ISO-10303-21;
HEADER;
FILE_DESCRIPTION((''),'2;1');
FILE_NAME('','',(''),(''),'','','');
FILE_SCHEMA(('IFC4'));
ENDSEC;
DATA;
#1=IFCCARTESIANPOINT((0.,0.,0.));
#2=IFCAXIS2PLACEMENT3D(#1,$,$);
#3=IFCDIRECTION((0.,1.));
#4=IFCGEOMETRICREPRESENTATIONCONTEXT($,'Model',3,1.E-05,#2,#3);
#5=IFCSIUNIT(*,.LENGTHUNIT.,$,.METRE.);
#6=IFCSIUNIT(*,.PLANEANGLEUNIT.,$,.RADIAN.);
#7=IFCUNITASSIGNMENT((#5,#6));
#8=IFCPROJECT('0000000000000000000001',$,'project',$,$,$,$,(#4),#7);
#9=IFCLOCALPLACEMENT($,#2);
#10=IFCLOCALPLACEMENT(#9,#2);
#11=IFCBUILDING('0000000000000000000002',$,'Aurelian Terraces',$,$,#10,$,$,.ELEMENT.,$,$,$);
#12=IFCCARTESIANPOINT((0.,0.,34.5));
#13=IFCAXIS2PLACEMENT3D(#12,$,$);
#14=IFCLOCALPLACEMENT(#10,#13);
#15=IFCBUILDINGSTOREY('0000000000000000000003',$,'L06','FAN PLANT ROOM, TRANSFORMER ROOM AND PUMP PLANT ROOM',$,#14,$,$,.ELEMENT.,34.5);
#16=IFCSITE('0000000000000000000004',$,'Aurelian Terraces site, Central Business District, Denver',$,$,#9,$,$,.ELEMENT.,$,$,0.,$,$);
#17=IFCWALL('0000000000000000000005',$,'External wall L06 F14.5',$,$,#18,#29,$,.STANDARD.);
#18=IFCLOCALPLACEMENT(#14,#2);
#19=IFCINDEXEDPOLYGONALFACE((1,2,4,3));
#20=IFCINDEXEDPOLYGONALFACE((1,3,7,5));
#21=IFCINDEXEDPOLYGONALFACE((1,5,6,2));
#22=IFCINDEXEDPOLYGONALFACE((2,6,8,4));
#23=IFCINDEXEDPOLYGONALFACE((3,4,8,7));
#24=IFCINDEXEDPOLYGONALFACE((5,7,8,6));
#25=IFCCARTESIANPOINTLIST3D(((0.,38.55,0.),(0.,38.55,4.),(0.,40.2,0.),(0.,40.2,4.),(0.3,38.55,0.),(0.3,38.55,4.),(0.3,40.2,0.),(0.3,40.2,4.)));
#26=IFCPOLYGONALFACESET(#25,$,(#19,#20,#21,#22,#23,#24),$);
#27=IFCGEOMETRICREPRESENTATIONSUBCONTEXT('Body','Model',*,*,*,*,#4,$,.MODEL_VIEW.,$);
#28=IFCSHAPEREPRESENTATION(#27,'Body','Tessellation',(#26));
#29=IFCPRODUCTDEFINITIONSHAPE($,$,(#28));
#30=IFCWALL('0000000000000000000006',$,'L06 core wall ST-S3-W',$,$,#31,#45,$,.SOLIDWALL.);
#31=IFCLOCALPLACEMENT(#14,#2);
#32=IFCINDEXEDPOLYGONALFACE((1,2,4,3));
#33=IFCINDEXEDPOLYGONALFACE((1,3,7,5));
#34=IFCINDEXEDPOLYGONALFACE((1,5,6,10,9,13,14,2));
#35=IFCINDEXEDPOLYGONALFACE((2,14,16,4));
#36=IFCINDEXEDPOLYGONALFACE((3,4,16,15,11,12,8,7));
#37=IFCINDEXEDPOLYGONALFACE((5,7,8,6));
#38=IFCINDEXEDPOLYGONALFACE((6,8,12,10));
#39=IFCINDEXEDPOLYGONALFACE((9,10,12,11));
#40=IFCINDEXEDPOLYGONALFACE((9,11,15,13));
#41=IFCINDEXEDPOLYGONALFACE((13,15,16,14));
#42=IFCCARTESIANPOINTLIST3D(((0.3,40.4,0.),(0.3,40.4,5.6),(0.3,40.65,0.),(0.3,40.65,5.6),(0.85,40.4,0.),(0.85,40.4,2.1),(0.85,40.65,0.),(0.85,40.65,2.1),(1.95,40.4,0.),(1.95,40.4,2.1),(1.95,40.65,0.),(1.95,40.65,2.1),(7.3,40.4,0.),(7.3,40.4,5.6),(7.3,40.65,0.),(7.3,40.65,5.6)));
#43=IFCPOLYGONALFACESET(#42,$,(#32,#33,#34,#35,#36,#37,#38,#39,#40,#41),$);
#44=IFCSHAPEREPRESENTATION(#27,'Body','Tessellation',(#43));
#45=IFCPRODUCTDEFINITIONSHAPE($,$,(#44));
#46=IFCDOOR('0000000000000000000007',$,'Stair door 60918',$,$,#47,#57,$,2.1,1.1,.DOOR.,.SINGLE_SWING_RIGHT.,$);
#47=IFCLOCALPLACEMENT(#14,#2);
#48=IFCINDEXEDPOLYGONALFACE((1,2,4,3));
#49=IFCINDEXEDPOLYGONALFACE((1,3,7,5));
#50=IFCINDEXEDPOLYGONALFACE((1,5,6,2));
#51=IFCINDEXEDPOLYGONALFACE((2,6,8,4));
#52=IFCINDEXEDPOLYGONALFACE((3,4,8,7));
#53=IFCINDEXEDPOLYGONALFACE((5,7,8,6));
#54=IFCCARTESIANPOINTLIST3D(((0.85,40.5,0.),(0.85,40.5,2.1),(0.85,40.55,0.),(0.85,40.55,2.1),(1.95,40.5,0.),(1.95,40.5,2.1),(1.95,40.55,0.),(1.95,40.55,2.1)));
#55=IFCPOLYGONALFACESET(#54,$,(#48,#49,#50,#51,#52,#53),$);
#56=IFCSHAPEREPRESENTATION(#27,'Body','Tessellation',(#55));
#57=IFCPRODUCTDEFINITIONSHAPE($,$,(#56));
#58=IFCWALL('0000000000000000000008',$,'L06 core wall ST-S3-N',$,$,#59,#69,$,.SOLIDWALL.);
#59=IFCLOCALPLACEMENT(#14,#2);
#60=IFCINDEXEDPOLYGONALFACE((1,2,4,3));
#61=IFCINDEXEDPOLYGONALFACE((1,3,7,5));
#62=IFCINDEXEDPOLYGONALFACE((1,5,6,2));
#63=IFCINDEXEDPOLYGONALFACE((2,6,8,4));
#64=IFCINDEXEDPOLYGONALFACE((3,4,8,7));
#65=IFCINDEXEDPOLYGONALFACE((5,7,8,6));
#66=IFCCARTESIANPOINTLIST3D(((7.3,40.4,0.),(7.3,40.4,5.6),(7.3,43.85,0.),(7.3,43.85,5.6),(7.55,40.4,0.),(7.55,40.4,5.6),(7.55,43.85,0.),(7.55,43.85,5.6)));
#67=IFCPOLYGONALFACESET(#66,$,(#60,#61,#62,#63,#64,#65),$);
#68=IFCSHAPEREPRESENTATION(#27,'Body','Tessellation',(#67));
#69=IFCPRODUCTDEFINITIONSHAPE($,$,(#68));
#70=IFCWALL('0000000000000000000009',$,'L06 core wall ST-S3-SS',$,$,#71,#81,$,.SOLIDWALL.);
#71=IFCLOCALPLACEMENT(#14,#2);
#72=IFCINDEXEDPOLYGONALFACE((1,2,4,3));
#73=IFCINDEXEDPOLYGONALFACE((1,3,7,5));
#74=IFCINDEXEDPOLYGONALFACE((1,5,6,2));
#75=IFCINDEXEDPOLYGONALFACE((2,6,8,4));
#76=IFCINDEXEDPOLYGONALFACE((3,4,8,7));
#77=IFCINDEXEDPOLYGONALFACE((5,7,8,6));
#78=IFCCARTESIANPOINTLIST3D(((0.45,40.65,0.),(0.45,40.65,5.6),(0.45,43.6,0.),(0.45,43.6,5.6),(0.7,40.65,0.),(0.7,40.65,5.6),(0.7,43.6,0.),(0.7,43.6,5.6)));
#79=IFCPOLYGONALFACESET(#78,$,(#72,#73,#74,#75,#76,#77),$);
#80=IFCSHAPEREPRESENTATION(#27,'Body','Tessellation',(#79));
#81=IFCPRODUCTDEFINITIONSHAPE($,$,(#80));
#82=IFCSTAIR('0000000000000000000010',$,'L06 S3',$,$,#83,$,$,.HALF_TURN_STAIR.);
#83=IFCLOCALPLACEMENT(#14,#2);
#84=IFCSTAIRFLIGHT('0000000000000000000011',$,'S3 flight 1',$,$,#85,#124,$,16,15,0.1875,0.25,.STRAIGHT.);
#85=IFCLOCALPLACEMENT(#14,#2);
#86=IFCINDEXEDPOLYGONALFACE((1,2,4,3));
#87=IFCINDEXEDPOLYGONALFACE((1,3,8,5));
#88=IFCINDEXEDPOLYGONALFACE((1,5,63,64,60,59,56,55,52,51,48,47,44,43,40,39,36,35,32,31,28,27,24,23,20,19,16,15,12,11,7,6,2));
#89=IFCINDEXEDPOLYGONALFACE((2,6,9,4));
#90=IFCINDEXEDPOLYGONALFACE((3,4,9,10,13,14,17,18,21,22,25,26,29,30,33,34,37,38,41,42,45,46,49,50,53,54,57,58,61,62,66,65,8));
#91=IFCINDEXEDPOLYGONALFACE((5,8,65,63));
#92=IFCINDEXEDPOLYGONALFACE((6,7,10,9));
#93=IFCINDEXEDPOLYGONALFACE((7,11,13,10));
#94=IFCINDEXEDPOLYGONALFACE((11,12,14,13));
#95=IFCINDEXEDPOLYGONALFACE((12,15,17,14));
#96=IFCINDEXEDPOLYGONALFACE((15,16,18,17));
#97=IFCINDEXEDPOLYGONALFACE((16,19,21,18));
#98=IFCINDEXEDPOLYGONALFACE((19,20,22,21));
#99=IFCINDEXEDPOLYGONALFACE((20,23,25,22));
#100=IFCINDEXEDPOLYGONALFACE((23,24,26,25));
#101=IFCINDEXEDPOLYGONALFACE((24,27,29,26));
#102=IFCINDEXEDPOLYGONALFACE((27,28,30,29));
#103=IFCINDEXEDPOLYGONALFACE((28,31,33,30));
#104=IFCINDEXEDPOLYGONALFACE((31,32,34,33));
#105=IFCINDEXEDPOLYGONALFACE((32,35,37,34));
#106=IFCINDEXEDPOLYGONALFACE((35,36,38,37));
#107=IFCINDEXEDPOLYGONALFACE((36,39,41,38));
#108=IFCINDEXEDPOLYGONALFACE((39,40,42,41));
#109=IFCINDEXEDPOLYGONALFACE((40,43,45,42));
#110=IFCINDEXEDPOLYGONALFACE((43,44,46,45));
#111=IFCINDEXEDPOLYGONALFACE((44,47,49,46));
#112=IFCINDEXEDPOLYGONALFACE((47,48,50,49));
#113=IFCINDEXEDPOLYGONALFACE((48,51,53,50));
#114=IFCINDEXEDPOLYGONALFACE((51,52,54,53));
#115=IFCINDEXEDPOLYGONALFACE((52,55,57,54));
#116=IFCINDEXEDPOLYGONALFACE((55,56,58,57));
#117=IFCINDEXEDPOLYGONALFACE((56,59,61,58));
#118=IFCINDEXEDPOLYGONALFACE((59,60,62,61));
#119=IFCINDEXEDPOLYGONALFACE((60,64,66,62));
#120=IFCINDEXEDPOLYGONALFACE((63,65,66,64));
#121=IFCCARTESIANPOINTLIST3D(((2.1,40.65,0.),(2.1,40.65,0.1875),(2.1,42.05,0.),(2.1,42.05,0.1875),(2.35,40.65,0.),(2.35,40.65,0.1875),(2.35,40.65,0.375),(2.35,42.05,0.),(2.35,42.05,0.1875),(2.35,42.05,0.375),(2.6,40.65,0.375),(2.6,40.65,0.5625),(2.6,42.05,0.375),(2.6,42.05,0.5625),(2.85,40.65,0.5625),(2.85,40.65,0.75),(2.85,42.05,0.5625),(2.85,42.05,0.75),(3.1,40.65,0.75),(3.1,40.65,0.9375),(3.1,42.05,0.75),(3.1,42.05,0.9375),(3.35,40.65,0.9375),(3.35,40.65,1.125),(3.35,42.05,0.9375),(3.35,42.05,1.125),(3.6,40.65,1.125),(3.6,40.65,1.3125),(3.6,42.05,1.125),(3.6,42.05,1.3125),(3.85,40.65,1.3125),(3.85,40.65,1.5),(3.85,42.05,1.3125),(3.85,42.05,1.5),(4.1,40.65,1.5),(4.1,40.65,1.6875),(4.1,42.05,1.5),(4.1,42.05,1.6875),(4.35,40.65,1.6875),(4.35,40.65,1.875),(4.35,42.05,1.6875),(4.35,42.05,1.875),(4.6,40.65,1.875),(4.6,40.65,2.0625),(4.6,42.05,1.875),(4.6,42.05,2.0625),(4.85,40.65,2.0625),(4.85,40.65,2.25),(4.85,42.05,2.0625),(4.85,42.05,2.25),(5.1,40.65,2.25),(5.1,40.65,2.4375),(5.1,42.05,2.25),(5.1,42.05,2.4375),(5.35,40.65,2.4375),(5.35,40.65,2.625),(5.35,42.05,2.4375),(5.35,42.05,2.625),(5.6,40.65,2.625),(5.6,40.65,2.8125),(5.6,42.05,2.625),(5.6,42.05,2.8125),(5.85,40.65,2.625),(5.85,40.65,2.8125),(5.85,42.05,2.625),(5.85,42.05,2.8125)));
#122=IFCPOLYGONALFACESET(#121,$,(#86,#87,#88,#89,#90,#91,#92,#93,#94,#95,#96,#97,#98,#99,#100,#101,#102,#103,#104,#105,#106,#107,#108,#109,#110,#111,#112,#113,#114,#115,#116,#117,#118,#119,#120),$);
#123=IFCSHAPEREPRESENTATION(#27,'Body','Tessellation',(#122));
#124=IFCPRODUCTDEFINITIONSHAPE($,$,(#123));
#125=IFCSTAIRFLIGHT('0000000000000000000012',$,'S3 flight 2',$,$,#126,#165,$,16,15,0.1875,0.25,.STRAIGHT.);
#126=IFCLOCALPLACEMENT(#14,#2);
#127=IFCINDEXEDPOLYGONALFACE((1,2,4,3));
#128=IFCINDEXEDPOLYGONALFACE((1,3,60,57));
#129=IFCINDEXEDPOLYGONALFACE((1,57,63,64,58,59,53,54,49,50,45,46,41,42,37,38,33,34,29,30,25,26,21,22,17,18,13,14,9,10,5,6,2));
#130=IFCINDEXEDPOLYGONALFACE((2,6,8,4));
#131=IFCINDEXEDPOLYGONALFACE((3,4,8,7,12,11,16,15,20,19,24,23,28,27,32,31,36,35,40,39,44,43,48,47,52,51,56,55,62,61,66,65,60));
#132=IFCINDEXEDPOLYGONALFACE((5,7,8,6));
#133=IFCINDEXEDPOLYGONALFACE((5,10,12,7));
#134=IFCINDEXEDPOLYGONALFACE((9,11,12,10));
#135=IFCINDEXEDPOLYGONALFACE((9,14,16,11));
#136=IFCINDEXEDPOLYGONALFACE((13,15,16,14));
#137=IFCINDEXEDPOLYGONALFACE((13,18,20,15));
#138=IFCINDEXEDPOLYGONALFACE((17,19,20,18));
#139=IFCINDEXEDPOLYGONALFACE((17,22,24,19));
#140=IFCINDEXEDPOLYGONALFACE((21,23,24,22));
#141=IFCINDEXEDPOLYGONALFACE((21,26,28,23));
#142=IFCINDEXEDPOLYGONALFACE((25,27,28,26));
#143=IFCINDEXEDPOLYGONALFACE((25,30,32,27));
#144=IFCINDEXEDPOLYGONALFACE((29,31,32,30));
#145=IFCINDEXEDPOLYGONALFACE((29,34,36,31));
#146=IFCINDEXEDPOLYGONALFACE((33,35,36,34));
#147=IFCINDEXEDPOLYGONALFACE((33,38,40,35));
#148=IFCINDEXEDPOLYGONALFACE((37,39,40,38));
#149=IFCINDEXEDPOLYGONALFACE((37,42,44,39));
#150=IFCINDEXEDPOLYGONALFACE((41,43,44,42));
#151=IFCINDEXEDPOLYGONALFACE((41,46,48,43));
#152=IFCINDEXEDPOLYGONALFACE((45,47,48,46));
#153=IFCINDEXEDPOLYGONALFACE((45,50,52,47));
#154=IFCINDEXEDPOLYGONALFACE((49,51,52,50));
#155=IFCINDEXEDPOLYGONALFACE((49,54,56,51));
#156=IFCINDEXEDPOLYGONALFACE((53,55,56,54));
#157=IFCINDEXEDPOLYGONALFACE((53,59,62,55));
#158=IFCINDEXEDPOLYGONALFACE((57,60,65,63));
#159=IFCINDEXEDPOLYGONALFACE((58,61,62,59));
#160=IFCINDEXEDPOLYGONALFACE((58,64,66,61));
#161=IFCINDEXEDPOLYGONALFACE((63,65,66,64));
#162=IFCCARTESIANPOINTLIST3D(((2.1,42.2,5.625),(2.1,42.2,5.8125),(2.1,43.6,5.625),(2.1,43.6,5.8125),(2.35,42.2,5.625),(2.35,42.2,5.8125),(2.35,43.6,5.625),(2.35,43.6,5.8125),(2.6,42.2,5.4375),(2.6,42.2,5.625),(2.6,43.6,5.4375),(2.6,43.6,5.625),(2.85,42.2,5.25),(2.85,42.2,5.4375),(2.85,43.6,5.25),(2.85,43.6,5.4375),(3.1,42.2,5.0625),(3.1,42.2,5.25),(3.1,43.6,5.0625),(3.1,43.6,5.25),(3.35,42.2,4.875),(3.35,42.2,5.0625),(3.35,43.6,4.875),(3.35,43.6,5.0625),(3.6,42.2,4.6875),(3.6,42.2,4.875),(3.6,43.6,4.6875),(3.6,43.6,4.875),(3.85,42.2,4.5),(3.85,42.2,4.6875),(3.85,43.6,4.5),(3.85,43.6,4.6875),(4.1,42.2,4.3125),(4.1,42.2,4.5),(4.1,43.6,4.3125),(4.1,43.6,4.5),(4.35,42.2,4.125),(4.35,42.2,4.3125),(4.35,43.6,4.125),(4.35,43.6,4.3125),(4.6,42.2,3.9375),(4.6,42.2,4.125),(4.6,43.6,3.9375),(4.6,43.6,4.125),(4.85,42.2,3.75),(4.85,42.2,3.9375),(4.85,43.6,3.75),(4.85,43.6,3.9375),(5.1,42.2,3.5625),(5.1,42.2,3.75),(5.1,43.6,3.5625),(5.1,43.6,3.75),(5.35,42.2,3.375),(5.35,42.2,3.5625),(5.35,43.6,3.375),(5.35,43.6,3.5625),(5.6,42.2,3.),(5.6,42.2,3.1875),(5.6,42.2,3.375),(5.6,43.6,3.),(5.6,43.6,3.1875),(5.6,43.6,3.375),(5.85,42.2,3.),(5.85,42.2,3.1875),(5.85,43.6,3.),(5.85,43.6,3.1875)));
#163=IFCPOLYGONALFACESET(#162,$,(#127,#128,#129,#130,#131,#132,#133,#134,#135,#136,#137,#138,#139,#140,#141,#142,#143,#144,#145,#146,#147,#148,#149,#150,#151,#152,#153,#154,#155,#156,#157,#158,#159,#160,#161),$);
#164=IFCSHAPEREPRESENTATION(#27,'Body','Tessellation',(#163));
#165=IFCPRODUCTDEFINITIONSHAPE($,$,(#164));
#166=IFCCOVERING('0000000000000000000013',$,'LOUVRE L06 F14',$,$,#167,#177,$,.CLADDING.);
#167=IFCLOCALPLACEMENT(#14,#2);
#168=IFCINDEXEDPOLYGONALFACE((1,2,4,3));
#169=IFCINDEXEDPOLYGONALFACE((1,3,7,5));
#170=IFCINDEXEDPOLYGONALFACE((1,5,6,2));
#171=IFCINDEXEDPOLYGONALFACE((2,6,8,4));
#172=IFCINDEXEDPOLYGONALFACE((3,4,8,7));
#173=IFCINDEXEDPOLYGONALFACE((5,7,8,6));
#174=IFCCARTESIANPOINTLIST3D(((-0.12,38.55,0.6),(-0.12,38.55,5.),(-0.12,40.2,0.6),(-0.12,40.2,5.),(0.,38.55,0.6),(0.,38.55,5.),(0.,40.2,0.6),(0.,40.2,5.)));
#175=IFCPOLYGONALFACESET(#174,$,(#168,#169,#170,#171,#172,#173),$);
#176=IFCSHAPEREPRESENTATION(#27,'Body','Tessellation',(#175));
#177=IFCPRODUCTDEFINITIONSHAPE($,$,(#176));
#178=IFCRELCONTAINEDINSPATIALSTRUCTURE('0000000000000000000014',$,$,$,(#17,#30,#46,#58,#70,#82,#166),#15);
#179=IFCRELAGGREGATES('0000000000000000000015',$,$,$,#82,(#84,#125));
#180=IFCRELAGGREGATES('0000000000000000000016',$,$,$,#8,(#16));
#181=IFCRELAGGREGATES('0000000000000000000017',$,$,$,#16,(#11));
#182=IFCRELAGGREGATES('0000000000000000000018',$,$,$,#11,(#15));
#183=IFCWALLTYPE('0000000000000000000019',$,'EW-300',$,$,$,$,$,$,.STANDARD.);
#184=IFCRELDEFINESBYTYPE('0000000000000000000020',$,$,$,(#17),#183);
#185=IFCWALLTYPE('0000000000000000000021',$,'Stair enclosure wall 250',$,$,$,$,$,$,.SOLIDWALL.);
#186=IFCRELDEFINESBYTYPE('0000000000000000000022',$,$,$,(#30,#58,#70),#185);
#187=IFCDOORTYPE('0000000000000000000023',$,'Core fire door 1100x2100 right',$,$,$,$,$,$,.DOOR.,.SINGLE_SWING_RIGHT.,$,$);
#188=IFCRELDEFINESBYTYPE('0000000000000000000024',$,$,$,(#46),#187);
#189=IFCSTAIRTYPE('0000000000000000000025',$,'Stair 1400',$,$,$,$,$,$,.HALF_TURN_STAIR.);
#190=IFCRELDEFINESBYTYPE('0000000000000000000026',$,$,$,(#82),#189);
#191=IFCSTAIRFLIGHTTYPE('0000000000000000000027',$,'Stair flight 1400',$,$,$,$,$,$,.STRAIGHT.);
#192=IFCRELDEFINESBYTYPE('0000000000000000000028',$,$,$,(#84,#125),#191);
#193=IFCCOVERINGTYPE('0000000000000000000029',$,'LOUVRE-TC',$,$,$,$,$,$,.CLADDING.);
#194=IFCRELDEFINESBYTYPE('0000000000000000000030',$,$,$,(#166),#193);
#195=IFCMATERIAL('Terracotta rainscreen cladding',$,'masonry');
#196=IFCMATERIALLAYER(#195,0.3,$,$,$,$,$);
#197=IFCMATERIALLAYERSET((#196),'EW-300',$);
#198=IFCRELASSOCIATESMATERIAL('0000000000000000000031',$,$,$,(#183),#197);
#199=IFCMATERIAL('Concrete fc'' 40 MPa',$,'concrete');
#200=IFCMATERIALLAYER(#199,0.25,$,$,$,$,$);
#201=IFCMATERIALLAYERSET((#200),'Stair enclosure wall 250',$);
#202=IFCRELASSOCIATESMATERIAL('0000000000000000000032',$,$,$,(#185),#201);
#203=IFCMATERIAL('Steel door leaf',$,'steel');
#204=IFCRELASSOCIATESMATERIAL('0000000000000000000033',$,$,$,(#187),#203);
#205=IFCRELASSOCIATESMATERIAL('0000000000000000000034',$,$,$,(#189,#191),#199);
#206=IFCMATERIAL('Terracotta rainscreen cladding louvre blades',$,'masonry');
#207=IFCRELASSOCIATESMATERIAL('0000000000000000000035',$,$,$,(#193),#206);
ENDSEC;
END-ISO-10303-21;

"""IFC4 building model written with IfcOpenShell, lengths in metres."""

from ifc_helpers import new_model, si_unit, direction, frame, frame_2d, origin, origin_2d, place, context, subcontext, project, spatial, polyline, rectangle, outline, extrude, source, transform, mapped, material, layer, layer_set, type_object, element, fill, aggregate, save


model = new_model("IFC4")

# Units and contexts
model_context = context("Model", 3, precision=1e-05, world=origin(), true_north=direction((0.0, 1.0)))
body_context = subcontext(model_context, "Body", "Model", "MODEL_VIEW")
ifc_project = project(units=[si_unit("LENGTHUNIT", "METRE"), si_unit("PLANEANGLEUNIT", "RADIAN")], contexts=[model_context])

# Site, building, storey
site_placement = place(None, origin())
site = spatial("IfcSite", under=ifc_project, at=site_placement, Name="Aurelian Terraces site, Central Business District, Denver", CompositionType="ELEMENT", RefElevation=0.0)
building_placement = place(site_placement, origin())
building = spatial("IfcBuilding", under=site, at=building_placement, Name="Aurelian Terraces", CompositionType="ELEMENT")
storey_placement = place(building_placement, frame((0.0, 0.0, 34.5)))
storey = spatial("IfcBuildingStorey", under=building, at=storey_placement, Name="L06", Description="FAN PLANT ROOM, TRANSFORMER ROOM AND PUMP PLANT ROOM", CompositionType="ELEMENT", Elevation=34.5)

# Wall
ifc_material_1 = material(Name="Terracotta rainscreen cladding", Category="masonry")
ifc_layer_1 = layer(ifc_material_1, 0.3)
ifc_layer_set_1 = layer_set([ifc_layer_1], Name="EW-300")
wall_type_1 = type_object("IfcWallType", Name="EW-300", PredefinedType="STANDARD", material=ifc_layer_set_1)
shared_shape_1 = source(origin(), body_context, "Body", "SweptSolid", [
    extrude(rectangle(XDim=1.65, YDim=0.3, at=frame_2d((0.825, 0.0))), origin(), (0.0, 0.0, 1.0), 4.0),
])
wall_1_placement = place(storey_placement, frame((0.15, 40.2, 0.0), z_axis=(0.0, 0.0, 1.0), x_axis=(0.0, -1.0, 0.0)))
element("IfcWall", 1, at=wall_1_placement, inside=storey, type_object=wall_type_1, Name="External wall L06 F14.5", PredefinedType="STANDARD", context=body_context, shape_type="MappedRepresentation", body=[
    mapped(shared_shape_1, transform((0.0, 0.0, 0.0), scale=1.0)),
])

# Wall, opening, door
ifc_material_2 = material(Name="Concrete fc' 40 MPa", Category="concrete")
ifc_layer_2 = layer(ifc_material_2, 0.25)
ifc_layer_set_2 = layer_set([ifc_layer_2], Name="Stair enclosure wall 250")
wall_type_2 = type_object("IfcWallType", Name="Stair enclosure wall 250", PredefinedType="SOLIDWALL", material=ifc_layer_set_2)
shared_shape_2 = source(origin(), body_context, "Body", "SweptSolid", [
    extrude(rectangle(XDim=7.0, YDim=0.25, at=frame_2d((3.5, 0.0))), origin(), (0.0, 0.0, 1.0), 5.6),
])
wall_2_placement = place(storey_placement, frame((0.3, 40.525, 0.0), z_axis=(0.0, 0.0, 1.0), x_axis=(1.0, 0.0, 0.0)))
wall_2 = element("IfcWall", 2, at=wall_2_placement, inside=storey, type_object=wall_type_2, Name="L06 core wall ST-S3-W", PredefinedType="SOLIDWALL", context=body_context, shape_type="MappedRepresentation", body=[
    mapped(shared_shape_2, transform((0.0, 0.0, 0.0), scale=1.0)),
])
shared_shape_3 = source(origin(), body_context, "Body", "SweptSolid", [
    extrude(rectangle(XDim=1.1, YDim=2.1, at=frame_2d((0.55, 1.05))), frame((0.0, 0.135, 0.0), z_axis=(0.0, -1.0, 0.0), x_axis=(1.0, 0.0, 0.0)), (0.0, 0.0, 1.0), 0.27),
])
opening_placement = place(wall_2_placement, frame((0.55, 0.0, 0.0)))
opening = element("IfcOpeningElement", 3, at=opening_placement, cuts=wall_2, PredefinedType="OPENING", context=body_context, shape_type="MappedRepresentation", body=[
    mapped(shared_shape_3, transform((0.0, 0.0, 0.0), scale=1.0)),
])
ifc_material_3 = material(Name="Steel door leaf", Category="steel")
door_type = type_object("IfcDoorType", Name="Core fire door 1100x2100 right", OperationType="SINGLE_SWING_RIGHT", PredefinedType="DOOR", material=ifc_material_3)
shared_shape_4 = source(origin(), body_context, "Body", "SweptSolid", [
    extrude(rectangle(XDim=1.1, YDim=2.1, at=frame_2d((0.55, 1.05))), frame((0.0, 0.025, 0.0), z_axis=(0.0, -1.0, 0.0), x_axis=(1.0, 0.0, 0.0)), (0.0, 0.0, 1.0), 0.05),
])
door_placement = place(opening_placement, origin())
door = element("IfcDoor", 4, at=door_placement, inside=storey, type_object=door_type, Name="Stair door 60918", OperationType="SINGLE_SWING_RIGHT", OverallHeight=2.1, OverallWidth=1.1, PredefinedType="DOOR", context=body_context, shape_type="MappedRepresentation", body=[
    mapped(shared_shape_4, transform((0.0, 0.0, 0.0), scale=1.0)),
])
fill(opening, door)

# Walls
shared_shape_5 = source(origin(), body_context, "Body", "SweptSolid", [
    extrude(rectangle(XDim=3.45, YDim=0.25, at=frame_2d((1.725, 0.0))), origin(), (0.0, 0.0, 1.0), 5.6),
])
wall_3_placement = place(storey_placement, frame((7.425, 40.4, 0.0), z_axis=(0.0, 0.0, 1.0), x_axis=(0.0, 1.0, 0.0)))
element("IfcWall", 5, at=wall_3_placement, inside=storey, type_object=wall_type_2, Name="L06 core wall ST-S3-N", PredefinedType="SOLIDWALL", context=body_context, shape_type="MappedRepresentation", body=[
    mapped(shared_shape_5, transform((0.0, 0.0, 0.0), scale=1.0)),
])
shared_shape_6 = source(origin(), body_context, "Body", "SweptSolid", [
    extrude(rectangle(XDim=2.95, YDim=0.25, at=frame_2d((1.475, 0.0))), origin(), (0.0, 0.0, 1.0), 5.6),
])
wall_4_placement = place(storey_placement, frame((0.575, 40.65, 0.0), z_axis=(0.0, 0.0, 1.0), x_axis=(0.0, 1.0, 0.0)))
element("IfcWall", 6, at=wall_4_placement, inside=storey, type_object=wall_type_2, Name="L06 core wall ST-S3-SS", PredefinedType="SOLIDWALL", context=body_context, shape_type="MappedRepresentation", body=[
    mapped(shared_shape_6, transform((0.0, 0.0, 0.0), scale=1.0)),
])

# Stair, stair flights
stair_type = type_object("IfcStairType", Name="Stair 1400", PredefinedType="HALF_TURN_STAIR", material=ifc_material_2)
stair_placement = place(storey_placement, origin())
stair = element("IfcStair", 7, at=stair_placement, inside=storey, type_object=stair_type, Name="L06 S3", PredefinedType="HALF_TURN_STAIR")
stair_flight_type = type_object("IfcStairFlightType", Name="Stair flight 1400", PredefinedType="STRAIGHT", material=ifc_material_2)
shared_shape_7 = source(origin(), body_context, "Body", "SweptSolid", [
    extrude(outline(polyline([(0.0, 0.0), (0.0, 0.1875), (0.25, 0.1875), (0.25, 0.375), (0.5, 0.375), (0.5, 0.5625), (0.75, 0.5625), (0.75, 0.75), (1.0, 0.75), (1.0, 0.9375), (1.25, 0.9375), (1.25, 1.125), (1.5, 1.125), (1.5, 1.3125), (1.75, 1.3125), (1.75, 1.5), (2.0, 1.5), (2.0, 1.6875), (2.25, 1.6875), (2.25, 1.875), (2.5, 1.875), (2.5, 2.0625), (2.75, 2.0625), (2.75, 2.25), (3.0, 2.25), (3.0, 2.4375), (3.25, 2.4375), (3.25, 2.625), (3.5, 2.625), (3.5, 2.8125), (3.75, 2.8125), (3.75, 3.0), (3.75, 2.625), (0.25, 0.0), (0.0, 0.0)])), frame((0.0, 0.7, 0.0), z_axis=(0.0, -1.0, 0.0), x_axis=(1.0, 0.0, 0.0)), (0.0, 0.0, 1.0), 1.4),
])
stair_flight_1_placement = place(storey_placement, frame((2.1, 41.35, 0.0), z_axis=(0.0, 0.0, 1.0), x_axis=(1.0, 0.0, 0.0)))
stair_flight_1 = element("IfcStairFlight", 8, at=stair_flight_1_placement, type_object=stair_flight_type, Name="S3 flight 1", NumberOfRisers=16, NumberOfTreads=15, PredefinedType="STRAIGHT", RiserHeight=0.1875, TreadLength=0.25, context=body_context, shape_type="MappedRepresentation", body=[
    mapped(shared_shape_7, transform((0.0, 0.0, 0.0), scale=1.0)),
])
stair_flight_2_placement = place(storey_placement, frame((5.85, 42.9, 3.0), z_axis=(0.0, 0.0, 1.0), x_axis=(-1.0, 0.0, 0.0)))
stair_flight_2 = element("IfcStairFlight", 9, at=stair_flight_2_placement, type_object=stair_flight_type, Name="S3 flight 2", NumberOfRisers=16, NumberOfTreads=15, PredefinedType="STRAIGHT", RiserHeight=0.1875, TreadLength=0.25, context=body_context, shape_type="MappedRepresentation", body=[
    mapped(shared_shape_7, transform((0.0, 0.0, 0.0), scale=1.0)),
])
aggregate(stair, [stair_flight_1, stair_flight_2])

# Covering
ifc_material_4 = material(Name="Terracotta rainscreen cladding louvre blades", Category="masonry")
covering_type = type_object("IfcCoveringType", Name="LOUVRE-TC", PredefinedType="CLADDING", material=ifc_material_4)
covering_placement = place(storey_placement, frame((-0.06, 39.375, 0.6), z_axis=(0.0, 0.0, 1.0), x_axis=(1.0, 0.0, 0.0)))
element("IfcCovering", 10, at=covering_placement, inside=storey, type_object=covering_type, Name="LOUVRE L06 F14", PredefinedType="CLADDING", context=body_context, shape_type="SweptSolid", body=[
    extrude(rectangle(XDim=0.12, YDim=1.65, at=origin_2d()), origin(), (0.0, 0.0, 1.0), 4.4),
])

save(model, "model.ifc")
